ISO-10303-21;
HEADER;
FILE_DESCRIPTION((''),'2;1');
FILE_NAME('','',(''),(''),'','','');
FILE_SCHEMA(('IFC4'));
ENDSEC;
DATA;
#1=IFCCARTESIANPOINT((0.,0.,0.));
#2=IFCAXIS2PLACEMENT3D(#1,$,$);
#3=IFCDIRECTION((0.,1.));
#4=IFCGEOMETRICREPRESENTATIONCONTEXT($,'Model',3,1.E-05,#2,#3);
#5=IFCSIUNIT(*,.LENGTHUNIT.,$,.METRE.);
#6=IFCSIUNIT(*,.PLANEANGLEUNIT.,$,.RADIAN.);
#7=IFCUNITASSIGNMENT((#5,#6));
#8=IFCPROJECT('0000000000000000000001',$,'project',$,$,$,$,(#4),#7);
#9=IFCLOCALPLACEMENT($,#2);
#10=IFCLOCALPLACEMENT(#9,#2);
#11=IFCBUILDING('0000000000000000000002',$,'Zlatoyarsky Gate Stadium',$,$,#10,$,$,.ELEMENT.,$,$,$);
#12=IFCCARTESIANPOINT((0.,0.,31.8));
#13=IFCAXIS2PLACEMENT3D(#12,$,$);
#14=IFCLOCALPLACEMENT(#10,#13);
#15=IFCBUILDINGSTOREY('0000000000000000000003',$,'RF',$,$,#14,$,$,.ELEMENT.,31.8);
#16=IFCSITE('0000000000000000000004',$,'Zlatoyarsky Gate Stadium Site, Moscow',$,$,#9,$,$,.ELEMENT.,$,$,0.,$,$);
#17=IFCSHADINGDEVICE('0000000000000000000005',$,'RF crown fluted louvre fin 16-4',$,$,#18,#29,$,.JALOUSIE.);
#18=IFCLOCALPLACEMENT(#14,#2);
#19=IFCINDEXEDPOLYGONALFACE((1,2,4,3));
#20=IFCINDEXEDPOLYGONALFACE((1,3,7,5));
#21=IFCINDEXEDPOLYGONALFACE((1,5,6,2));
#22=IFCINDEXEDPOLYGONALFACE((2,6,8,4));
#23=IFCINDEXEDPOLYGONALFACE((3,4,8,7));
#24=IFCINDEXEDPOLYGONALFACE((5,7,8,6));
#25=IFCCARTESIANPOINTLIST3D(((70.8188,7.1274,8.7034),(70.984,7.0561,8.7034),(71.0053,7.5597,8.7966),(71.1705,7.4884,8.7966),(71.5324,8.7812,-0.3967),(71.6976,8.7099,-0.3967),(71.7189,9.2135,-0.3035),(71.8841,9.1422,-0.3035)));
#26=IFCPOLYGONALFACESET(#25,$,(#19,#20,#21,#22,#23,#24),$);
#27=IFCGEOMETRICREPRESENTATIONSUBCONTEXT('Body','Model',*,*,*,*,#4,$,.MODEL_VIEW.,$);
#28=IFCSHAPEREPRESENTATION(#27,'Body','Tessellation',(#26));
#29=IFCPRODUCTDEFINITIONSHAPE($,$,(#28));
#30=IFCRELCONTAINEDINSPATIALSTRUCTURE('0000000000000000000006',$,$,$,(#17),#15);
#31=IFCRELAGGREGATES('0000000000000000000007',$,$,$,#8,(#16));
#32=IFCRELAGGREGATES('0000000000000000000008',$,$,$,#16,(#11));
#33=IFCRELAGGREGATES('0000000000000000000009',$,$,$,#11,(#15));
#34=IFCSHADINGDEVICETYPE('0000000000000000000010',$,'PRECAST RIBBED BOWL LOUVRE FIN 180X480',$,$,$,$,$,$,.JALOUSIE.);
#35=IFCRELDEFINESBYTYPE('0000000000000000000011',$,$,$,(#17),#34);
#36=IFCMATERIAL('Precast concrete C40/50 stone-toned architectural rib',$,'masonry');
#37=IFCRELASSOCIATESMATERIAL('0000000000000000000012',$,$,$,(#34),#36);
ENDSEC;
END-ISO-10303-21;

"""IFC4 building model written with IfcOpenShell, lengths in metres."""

from ifc_helpers import new_model, si_unit, direction, frame, origin, origin_2d, place, context, subcontext, project, spatial, rectangle, extrude, material, material_profile, profile_set, type_object, element, save


model = new_model("IFC4")

# Units and contexts
model_context = context("Model", 3, precision=1e-05, world=origin(), true_north=direction((0.0, 1.0)))
body_context = subcontext(model_context, "Body", "Model", "MODEL_VIEW")
ifc_project = project(units=[si_unit("LENGTHUNIT", "METRE"), si_unit("PLANEANGLEUNIT", "RADIAN")], contexts=[model_context])

# Site, building, storey
site_placement = place(None, origin())
site = spatial("IfcSite", under=ifc_project, at=site_placement, Name="Zlatoyarsky Gate Stadium Site, Moscow", CompositionType="ELEMENT", RefElevation=0.0)
building_placement = place(site_placement, origin())
building = spatial("IfcBuilding", under=site, at=building_placement, Name="Zlatoyarsky Gate Stadium", CompositionType="ELEMENT")
storey_placement = place(building_placement, frame((0.0, 0.0, 31.8)))
storey = spatial("IfcBuildingStorey", under=building, at=storey_placement, Name="RF", CompositionType="ELEMENT", Elevation=31.8)

# Shading device
ifc_material_1 = material(Name="Precast concrete C40/50 stone-toned architectural rib", Category="masonry")
ifc_material_profile_1 = material_profile(ifc_material_1, rectangle(XDim=0.1799, YDim=0.48, at=origin_2d()), Name="RIB 180X480")
ifc_profile_set_1 = profile_set([ifc_material_profile_1], Name="Precast concrete C40/50 stone-toned architectural rib")
shading_device_type = type_object("IfcShadingDeviceType", Name="PRECAST RIBBED BOWL LOUVRE FIN 180X480", PredefinedType="JALOUSIE", material=ifc_profile_set_1)
shading_device_1_placement = place(storey_placement, frame((71.7083, 8.9617, -0.3501), z_axis=(-0.076927, -0.178277, 0.980969), x_axis=(0.918168, -0.396192, 0.0)))
element("IfcShadingDevice", 1, at=shading_device_1_placement, inside=storey, type_object=shading_device_type, Name="RF crown fluted louvre fin 16-4", PredefinedType="JALOUSIE", context=body_context, shape_type="SweptSolid", body=[
    extrude(rectangle(XDim=0.1799, YDim=0.48, at=origin_2d()), origin(), (0.0, 0.0, 1.0), 9.2766),
])

save(model, "model.ifc")
